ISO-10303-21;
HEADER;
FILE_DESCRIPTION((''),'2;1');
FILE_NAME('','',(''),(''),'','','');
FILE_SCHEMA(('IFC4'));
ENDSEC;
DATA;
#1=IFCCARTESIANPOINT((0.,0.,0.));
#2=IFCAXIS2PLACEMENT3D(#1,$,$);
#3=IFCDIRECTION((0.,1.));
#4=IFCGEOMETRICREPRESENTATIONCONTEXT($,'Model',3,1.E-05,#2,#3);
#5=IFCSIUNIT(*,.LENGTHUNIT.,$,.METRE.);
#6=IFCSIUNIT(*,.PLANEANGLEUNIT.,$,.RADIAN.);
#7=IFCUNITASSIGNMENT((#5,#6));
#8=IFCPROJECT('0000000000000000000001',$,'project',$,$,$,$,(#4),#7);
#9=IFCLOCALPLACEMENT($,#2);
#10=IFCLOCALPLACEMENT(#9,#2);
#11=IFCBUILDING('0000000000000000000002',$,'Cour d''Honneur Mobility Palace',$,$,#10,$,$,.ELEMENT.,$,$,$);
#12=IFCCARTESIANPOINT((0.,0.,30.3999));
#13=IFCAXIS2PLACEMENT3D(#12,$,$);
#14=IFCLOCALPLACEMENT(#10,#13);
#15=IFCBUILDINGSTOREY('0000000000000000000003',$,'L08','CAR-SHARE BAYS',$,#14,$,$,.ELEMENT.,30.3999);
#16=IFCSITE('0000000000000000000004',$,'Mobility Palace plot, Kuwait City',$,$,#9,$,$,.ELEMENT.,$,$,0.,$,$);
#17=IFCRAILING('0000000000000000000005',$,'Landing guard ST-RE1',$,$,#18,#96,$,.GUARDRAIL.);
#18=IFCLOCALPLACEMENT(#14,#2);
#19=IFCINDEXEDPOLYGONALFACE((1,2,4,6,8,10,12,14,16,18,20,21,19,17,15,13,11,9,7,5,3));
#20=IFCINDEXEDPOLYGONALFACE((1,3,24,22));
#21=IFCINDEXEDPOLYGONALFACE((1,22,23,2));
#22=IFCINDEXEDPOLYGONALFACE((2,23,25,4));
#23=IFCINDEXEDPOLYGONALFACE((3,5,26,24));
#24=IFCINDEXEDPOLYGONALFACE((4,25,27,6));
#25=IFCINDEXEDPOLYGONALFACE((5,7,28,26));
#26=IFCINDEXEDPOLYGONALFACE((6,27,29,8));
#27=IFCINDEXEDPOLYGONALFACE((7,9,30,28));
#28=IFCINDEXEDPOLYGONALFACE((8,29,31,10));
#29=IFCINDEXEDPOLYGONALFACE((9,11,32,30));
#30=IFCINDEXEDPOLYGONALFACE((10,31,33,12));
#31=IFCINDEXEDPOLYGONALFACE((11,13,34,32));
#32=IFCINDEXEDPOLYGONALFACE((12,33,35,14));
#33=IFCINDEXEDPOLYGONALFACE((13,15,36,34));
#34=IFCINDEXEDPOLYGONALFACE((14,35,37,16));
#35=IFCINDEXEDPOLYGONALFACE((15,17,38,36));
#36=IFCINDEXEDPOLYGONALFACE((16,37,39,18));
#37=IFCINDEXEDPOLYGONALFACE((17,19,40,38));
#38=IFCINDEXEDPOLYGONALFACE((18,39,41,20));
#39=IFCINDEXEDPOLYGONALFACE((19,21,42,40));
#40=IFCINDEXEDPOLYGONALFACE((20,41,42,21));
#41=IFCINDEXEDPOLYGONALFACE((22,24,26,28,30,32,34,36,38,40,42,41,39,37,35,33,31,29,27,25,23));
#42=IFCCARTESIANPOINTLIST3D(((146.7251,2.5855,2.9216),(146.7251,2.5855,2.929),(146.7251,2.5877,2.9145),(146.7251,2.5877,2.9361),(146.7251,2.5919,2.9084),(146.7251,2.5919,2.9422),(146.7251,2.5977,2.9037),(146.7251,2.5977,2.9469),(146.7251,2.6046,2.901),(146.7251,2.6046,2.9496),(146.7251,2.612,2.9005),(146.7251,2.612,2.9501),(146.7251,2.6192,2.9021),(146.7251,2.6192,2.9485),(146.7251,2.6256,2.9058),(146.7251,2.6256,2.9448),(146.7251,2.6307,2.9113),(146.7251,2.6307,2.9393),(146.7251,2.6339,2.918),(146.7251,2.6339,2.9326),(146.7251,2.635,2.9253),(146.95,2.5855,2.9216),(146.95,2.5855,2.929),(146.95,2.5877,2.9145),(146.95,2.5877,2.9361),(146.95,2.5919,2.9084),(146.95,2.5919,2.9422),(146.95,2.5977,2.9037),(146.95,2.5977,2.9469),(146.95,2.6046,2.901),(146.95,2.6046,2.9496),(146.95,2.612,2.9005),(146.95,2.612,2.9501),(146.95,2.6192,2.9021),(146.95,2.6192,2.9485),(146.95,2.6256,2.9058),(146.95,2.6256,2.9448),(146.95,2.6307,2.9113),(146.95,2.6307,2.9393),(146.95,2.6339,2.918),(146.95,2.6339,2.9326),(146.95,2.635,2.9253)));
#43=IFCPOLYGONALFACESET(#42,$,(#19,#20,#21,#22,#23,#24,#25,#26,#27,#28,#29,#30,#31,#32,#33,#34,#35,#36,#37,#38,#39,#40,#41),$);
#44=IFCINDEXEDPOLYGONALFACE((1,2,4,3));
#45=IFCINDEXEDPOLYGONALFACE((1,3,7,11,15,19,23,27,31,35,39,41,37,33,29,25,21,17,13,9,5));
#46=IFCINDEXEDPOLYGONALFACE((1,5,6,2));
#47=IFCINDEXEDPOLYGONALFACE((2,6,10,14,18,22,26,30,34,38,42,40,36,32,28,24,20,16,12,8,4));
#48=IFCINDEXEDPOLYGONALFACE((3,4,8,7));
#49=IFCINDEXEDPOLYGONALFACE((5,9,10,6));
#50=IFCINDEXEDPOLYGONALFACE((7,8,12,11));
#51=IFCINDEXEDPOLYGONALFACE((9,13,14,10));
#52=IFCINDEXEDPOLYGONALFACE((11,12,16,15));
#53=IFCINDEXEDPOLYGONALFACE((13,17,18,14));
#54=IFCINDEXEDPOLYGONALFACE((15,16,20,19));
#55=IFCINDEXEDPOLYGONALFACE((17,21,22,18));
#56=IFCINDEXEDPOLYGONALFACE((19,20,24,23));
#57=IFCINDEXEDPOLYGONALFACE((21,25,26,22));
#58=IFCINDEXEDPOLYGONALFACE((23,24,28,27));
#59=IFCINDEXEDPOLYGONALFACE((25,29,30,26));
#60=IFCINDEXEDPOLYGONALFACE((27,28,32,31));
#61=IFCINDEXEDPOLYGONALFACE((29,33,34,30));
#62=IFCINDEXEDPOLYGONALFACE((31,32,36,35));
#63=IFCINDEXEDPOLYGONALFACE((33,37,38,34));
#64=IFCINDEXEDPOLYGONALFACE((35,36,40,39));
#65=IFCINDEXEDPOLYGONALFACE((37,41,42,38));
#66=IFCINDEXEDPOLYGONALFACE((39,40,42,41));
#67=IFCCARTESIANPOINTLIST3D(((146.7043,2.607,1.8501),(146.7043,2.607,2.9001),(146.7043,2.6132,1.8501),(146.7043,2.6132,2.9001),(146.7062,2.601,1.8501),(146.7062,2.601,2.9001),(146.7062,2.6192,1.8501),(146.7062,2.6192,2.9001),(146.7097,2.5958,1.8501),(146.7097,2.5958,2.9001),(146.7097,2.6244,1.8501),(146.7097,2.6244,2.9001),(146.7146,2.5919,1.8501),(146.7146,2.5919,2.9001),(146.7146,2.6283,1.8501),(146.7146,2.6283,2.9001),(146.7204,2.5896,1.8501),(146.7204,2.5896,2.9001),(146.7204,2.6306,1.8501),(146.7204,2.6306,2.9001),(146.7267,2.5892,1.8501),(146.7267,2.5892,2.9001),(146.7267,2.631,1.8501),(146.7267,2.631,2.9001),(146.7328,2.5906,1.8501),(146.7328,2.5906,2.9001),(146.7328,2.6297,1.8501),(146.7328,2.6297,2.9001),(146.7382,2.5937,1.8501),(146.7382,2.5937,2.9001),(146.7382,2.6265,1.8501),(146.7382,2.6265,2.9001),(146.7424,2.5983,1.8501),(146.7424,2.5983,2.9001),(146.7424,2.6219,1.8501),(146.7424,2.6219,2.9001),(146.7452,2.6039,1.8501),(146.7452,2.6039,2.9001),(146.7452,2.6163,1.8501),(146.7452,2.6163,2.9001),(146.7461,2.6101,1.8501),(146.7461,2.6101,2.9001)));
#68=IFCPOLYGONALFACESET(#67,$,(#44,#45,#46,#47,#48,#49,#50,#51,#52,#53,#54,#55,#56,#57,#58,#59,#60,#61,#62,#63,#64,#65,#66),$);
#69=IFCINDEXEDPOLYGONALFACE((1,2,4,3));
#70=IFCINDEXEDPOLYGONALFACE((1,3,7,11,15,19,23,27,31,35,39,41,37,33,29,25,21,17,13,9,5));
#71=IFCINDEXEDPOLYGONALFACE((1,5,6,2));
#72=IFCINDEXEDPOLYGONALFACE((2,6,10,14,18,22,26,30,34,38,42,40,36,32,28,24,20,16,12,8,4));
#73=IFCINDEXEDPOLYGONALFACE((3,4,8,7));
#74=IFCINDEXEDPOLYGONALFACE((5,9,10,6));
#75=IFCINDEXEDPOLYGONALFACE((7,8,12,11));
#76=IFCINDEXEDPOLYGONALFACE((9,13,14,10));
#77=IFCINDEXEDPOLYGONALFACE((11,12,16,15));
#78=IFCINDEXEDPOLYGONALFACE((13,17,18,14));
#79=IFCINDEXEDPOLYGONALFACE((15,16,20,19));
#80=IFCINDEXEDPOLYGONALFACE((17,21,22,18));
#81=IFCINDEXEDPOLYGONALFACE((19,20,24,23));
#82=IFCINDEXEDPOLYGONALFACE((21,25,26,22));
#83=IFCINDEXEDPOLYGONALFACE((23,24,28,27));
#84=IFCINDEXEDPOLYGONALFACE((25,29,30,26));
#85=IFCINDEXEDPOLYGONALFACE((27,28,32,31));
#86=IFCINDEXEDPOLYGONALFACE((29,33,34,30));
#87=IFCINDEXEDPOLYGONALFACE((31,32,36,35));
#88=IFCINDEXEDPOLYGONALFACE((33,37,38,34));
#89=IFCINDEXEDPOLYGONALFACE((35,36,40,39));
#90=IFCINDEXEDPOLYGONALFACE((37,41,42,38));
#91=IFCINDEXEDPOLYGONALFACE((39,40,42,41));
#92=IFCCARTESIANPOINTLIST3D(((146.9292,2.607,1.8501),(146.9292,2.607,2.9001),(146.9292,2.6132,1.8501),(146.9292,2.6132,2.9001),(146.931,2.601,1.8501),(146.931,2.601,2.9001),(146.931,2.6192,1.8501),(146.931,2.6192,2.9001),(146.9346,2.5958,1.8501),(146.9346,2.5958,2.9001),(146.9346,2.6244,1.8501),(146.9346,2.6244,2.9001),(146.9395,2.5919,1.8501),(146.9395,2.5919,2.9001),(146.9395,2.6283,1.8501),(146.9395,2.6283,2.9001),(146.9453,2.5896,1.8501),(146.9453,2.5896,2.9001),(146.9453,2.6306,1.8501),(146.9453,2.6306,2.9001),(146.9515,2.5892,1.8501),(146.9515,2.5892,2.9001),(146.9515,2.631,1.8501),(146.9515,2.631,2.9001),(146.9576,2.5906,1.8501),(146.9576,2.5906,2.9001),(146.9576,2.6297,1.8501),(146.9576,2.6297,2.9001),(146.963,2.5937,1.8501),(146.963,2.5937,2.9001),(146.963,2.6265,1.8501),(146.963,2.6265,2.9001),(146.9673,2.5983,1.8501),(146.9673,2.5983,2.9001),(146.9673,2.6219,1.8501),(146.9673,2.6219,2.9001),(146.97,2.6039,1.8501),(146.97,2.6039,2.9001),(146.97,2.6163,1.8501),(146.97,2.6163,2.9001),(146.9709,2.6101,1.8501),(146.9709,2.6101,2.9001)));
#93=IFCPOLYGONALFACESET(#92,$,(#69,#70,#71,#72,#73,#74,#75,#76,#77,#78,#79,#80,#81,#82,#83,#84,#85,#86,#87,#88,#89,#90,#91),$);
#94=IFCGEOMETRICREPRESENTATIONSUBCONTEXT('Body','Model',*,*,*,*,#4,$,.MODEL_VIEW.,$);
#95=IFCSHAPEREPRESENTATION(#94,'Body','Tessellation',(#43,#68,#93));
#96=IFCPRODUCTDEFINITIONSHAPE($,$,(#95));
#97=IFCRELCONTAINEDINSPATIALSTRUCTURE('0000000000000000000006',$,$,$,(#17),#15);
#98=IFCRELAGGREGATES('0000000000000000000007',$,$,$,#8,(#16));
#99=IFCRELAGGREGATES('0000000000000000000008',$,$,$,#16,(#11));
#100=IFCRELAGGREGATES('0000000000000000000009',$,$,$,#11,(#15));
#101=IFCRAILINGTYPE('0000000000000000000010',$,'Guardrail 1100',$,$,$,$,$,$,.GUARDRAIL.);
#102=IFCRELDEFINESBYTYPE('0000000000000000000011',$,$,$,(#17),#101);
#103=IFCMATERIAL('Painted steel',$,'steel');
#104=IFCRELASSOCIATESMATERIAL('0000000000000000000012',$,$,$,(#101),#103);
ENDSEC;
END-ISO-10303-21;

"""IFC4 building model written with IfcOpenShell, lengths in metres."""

from ifc_helpers import new_model, si_unit, direction, frame, origin, origin_2d, place, context, subcontext, project, spatial, circle, extrude, material, type_object, element, save


model = new_model("IFC4")

# Units and contexts
model_context = context("Model", 3, precision=1e-05, world=origin(), true_north=direction((0.0, 1.0)))
body_context = subcontext(model_context, "Body", "Model", "MODEL_VIEW")
ifc_project = project(units=[si_unit("LENGTHUNIT", "METRE"), si_unit("PLANEANGLEUNIT", "RADIAN")], contexts=[model_context])

# Site, building, storey
site_placement = place(None, origin())
site = spatial("IfcSite", under=ifc_project, at=site_placement, Name="Mobility Palace plot, Kuwait City", CompositionType="ELEMENT", RefElevation=0.0)
building_placement = place(site_placement, origin())
building = spatial("IfcBuilding", under=site, at=building_placement, Name="Cour d'Honneur Mobility Palace", CompositionType="ELEMENT")
storey_placement = place(building_placement, frame((0.0, 0.0, 30.3999)))
storey = spatial("IfcBuildingStorey", under=building, at=storey_placement, Name="L08", Description="CAR-SHARE BAYS", CompositionType="ELEMENT", Elevation=30.3999)

# Railing
ifc_material_1 = material(Name="Painted steel", Category="steel")
railing_type_1 = type_object("IfcRailingType", Name="Guardrail 1100", PredefinedType="GUARDRAIL", material=ifc_material_1)
railing_1_placement = place(storey_placement, frame((146.7251, 2.6101, 1.8501)))
element("IfcRailing", 1, at=railing_1_placement, inside=storey, type_object=railing_type_1, Name="Landing guard ST-RE1", PredefinedType="GUARDRAIL", context=body_context, shape_type="SweptSolid", body=[
    extrude(circle(Radius=0.0249, at=origin_2d()), frame((0.0, 0.0, 1.0752), z_axis=(1.0, 0.0, 0.0), x_axis=(0.0, 1.0, 0.0)), (0.0, 0.0, 1.0), 0.2249),
    extrude(circle(Radius=0.021, at=origin_2d()), origin(), (0.0, 0.0, 1.0), 1.05),
    extrude(circle(Radius=0.021, at=origin_2d()), frame((0.2249, 0.0, 0.0)), (0.0, 0.0, 1.0), 1.05),
])

save(model, "model.ifc")
